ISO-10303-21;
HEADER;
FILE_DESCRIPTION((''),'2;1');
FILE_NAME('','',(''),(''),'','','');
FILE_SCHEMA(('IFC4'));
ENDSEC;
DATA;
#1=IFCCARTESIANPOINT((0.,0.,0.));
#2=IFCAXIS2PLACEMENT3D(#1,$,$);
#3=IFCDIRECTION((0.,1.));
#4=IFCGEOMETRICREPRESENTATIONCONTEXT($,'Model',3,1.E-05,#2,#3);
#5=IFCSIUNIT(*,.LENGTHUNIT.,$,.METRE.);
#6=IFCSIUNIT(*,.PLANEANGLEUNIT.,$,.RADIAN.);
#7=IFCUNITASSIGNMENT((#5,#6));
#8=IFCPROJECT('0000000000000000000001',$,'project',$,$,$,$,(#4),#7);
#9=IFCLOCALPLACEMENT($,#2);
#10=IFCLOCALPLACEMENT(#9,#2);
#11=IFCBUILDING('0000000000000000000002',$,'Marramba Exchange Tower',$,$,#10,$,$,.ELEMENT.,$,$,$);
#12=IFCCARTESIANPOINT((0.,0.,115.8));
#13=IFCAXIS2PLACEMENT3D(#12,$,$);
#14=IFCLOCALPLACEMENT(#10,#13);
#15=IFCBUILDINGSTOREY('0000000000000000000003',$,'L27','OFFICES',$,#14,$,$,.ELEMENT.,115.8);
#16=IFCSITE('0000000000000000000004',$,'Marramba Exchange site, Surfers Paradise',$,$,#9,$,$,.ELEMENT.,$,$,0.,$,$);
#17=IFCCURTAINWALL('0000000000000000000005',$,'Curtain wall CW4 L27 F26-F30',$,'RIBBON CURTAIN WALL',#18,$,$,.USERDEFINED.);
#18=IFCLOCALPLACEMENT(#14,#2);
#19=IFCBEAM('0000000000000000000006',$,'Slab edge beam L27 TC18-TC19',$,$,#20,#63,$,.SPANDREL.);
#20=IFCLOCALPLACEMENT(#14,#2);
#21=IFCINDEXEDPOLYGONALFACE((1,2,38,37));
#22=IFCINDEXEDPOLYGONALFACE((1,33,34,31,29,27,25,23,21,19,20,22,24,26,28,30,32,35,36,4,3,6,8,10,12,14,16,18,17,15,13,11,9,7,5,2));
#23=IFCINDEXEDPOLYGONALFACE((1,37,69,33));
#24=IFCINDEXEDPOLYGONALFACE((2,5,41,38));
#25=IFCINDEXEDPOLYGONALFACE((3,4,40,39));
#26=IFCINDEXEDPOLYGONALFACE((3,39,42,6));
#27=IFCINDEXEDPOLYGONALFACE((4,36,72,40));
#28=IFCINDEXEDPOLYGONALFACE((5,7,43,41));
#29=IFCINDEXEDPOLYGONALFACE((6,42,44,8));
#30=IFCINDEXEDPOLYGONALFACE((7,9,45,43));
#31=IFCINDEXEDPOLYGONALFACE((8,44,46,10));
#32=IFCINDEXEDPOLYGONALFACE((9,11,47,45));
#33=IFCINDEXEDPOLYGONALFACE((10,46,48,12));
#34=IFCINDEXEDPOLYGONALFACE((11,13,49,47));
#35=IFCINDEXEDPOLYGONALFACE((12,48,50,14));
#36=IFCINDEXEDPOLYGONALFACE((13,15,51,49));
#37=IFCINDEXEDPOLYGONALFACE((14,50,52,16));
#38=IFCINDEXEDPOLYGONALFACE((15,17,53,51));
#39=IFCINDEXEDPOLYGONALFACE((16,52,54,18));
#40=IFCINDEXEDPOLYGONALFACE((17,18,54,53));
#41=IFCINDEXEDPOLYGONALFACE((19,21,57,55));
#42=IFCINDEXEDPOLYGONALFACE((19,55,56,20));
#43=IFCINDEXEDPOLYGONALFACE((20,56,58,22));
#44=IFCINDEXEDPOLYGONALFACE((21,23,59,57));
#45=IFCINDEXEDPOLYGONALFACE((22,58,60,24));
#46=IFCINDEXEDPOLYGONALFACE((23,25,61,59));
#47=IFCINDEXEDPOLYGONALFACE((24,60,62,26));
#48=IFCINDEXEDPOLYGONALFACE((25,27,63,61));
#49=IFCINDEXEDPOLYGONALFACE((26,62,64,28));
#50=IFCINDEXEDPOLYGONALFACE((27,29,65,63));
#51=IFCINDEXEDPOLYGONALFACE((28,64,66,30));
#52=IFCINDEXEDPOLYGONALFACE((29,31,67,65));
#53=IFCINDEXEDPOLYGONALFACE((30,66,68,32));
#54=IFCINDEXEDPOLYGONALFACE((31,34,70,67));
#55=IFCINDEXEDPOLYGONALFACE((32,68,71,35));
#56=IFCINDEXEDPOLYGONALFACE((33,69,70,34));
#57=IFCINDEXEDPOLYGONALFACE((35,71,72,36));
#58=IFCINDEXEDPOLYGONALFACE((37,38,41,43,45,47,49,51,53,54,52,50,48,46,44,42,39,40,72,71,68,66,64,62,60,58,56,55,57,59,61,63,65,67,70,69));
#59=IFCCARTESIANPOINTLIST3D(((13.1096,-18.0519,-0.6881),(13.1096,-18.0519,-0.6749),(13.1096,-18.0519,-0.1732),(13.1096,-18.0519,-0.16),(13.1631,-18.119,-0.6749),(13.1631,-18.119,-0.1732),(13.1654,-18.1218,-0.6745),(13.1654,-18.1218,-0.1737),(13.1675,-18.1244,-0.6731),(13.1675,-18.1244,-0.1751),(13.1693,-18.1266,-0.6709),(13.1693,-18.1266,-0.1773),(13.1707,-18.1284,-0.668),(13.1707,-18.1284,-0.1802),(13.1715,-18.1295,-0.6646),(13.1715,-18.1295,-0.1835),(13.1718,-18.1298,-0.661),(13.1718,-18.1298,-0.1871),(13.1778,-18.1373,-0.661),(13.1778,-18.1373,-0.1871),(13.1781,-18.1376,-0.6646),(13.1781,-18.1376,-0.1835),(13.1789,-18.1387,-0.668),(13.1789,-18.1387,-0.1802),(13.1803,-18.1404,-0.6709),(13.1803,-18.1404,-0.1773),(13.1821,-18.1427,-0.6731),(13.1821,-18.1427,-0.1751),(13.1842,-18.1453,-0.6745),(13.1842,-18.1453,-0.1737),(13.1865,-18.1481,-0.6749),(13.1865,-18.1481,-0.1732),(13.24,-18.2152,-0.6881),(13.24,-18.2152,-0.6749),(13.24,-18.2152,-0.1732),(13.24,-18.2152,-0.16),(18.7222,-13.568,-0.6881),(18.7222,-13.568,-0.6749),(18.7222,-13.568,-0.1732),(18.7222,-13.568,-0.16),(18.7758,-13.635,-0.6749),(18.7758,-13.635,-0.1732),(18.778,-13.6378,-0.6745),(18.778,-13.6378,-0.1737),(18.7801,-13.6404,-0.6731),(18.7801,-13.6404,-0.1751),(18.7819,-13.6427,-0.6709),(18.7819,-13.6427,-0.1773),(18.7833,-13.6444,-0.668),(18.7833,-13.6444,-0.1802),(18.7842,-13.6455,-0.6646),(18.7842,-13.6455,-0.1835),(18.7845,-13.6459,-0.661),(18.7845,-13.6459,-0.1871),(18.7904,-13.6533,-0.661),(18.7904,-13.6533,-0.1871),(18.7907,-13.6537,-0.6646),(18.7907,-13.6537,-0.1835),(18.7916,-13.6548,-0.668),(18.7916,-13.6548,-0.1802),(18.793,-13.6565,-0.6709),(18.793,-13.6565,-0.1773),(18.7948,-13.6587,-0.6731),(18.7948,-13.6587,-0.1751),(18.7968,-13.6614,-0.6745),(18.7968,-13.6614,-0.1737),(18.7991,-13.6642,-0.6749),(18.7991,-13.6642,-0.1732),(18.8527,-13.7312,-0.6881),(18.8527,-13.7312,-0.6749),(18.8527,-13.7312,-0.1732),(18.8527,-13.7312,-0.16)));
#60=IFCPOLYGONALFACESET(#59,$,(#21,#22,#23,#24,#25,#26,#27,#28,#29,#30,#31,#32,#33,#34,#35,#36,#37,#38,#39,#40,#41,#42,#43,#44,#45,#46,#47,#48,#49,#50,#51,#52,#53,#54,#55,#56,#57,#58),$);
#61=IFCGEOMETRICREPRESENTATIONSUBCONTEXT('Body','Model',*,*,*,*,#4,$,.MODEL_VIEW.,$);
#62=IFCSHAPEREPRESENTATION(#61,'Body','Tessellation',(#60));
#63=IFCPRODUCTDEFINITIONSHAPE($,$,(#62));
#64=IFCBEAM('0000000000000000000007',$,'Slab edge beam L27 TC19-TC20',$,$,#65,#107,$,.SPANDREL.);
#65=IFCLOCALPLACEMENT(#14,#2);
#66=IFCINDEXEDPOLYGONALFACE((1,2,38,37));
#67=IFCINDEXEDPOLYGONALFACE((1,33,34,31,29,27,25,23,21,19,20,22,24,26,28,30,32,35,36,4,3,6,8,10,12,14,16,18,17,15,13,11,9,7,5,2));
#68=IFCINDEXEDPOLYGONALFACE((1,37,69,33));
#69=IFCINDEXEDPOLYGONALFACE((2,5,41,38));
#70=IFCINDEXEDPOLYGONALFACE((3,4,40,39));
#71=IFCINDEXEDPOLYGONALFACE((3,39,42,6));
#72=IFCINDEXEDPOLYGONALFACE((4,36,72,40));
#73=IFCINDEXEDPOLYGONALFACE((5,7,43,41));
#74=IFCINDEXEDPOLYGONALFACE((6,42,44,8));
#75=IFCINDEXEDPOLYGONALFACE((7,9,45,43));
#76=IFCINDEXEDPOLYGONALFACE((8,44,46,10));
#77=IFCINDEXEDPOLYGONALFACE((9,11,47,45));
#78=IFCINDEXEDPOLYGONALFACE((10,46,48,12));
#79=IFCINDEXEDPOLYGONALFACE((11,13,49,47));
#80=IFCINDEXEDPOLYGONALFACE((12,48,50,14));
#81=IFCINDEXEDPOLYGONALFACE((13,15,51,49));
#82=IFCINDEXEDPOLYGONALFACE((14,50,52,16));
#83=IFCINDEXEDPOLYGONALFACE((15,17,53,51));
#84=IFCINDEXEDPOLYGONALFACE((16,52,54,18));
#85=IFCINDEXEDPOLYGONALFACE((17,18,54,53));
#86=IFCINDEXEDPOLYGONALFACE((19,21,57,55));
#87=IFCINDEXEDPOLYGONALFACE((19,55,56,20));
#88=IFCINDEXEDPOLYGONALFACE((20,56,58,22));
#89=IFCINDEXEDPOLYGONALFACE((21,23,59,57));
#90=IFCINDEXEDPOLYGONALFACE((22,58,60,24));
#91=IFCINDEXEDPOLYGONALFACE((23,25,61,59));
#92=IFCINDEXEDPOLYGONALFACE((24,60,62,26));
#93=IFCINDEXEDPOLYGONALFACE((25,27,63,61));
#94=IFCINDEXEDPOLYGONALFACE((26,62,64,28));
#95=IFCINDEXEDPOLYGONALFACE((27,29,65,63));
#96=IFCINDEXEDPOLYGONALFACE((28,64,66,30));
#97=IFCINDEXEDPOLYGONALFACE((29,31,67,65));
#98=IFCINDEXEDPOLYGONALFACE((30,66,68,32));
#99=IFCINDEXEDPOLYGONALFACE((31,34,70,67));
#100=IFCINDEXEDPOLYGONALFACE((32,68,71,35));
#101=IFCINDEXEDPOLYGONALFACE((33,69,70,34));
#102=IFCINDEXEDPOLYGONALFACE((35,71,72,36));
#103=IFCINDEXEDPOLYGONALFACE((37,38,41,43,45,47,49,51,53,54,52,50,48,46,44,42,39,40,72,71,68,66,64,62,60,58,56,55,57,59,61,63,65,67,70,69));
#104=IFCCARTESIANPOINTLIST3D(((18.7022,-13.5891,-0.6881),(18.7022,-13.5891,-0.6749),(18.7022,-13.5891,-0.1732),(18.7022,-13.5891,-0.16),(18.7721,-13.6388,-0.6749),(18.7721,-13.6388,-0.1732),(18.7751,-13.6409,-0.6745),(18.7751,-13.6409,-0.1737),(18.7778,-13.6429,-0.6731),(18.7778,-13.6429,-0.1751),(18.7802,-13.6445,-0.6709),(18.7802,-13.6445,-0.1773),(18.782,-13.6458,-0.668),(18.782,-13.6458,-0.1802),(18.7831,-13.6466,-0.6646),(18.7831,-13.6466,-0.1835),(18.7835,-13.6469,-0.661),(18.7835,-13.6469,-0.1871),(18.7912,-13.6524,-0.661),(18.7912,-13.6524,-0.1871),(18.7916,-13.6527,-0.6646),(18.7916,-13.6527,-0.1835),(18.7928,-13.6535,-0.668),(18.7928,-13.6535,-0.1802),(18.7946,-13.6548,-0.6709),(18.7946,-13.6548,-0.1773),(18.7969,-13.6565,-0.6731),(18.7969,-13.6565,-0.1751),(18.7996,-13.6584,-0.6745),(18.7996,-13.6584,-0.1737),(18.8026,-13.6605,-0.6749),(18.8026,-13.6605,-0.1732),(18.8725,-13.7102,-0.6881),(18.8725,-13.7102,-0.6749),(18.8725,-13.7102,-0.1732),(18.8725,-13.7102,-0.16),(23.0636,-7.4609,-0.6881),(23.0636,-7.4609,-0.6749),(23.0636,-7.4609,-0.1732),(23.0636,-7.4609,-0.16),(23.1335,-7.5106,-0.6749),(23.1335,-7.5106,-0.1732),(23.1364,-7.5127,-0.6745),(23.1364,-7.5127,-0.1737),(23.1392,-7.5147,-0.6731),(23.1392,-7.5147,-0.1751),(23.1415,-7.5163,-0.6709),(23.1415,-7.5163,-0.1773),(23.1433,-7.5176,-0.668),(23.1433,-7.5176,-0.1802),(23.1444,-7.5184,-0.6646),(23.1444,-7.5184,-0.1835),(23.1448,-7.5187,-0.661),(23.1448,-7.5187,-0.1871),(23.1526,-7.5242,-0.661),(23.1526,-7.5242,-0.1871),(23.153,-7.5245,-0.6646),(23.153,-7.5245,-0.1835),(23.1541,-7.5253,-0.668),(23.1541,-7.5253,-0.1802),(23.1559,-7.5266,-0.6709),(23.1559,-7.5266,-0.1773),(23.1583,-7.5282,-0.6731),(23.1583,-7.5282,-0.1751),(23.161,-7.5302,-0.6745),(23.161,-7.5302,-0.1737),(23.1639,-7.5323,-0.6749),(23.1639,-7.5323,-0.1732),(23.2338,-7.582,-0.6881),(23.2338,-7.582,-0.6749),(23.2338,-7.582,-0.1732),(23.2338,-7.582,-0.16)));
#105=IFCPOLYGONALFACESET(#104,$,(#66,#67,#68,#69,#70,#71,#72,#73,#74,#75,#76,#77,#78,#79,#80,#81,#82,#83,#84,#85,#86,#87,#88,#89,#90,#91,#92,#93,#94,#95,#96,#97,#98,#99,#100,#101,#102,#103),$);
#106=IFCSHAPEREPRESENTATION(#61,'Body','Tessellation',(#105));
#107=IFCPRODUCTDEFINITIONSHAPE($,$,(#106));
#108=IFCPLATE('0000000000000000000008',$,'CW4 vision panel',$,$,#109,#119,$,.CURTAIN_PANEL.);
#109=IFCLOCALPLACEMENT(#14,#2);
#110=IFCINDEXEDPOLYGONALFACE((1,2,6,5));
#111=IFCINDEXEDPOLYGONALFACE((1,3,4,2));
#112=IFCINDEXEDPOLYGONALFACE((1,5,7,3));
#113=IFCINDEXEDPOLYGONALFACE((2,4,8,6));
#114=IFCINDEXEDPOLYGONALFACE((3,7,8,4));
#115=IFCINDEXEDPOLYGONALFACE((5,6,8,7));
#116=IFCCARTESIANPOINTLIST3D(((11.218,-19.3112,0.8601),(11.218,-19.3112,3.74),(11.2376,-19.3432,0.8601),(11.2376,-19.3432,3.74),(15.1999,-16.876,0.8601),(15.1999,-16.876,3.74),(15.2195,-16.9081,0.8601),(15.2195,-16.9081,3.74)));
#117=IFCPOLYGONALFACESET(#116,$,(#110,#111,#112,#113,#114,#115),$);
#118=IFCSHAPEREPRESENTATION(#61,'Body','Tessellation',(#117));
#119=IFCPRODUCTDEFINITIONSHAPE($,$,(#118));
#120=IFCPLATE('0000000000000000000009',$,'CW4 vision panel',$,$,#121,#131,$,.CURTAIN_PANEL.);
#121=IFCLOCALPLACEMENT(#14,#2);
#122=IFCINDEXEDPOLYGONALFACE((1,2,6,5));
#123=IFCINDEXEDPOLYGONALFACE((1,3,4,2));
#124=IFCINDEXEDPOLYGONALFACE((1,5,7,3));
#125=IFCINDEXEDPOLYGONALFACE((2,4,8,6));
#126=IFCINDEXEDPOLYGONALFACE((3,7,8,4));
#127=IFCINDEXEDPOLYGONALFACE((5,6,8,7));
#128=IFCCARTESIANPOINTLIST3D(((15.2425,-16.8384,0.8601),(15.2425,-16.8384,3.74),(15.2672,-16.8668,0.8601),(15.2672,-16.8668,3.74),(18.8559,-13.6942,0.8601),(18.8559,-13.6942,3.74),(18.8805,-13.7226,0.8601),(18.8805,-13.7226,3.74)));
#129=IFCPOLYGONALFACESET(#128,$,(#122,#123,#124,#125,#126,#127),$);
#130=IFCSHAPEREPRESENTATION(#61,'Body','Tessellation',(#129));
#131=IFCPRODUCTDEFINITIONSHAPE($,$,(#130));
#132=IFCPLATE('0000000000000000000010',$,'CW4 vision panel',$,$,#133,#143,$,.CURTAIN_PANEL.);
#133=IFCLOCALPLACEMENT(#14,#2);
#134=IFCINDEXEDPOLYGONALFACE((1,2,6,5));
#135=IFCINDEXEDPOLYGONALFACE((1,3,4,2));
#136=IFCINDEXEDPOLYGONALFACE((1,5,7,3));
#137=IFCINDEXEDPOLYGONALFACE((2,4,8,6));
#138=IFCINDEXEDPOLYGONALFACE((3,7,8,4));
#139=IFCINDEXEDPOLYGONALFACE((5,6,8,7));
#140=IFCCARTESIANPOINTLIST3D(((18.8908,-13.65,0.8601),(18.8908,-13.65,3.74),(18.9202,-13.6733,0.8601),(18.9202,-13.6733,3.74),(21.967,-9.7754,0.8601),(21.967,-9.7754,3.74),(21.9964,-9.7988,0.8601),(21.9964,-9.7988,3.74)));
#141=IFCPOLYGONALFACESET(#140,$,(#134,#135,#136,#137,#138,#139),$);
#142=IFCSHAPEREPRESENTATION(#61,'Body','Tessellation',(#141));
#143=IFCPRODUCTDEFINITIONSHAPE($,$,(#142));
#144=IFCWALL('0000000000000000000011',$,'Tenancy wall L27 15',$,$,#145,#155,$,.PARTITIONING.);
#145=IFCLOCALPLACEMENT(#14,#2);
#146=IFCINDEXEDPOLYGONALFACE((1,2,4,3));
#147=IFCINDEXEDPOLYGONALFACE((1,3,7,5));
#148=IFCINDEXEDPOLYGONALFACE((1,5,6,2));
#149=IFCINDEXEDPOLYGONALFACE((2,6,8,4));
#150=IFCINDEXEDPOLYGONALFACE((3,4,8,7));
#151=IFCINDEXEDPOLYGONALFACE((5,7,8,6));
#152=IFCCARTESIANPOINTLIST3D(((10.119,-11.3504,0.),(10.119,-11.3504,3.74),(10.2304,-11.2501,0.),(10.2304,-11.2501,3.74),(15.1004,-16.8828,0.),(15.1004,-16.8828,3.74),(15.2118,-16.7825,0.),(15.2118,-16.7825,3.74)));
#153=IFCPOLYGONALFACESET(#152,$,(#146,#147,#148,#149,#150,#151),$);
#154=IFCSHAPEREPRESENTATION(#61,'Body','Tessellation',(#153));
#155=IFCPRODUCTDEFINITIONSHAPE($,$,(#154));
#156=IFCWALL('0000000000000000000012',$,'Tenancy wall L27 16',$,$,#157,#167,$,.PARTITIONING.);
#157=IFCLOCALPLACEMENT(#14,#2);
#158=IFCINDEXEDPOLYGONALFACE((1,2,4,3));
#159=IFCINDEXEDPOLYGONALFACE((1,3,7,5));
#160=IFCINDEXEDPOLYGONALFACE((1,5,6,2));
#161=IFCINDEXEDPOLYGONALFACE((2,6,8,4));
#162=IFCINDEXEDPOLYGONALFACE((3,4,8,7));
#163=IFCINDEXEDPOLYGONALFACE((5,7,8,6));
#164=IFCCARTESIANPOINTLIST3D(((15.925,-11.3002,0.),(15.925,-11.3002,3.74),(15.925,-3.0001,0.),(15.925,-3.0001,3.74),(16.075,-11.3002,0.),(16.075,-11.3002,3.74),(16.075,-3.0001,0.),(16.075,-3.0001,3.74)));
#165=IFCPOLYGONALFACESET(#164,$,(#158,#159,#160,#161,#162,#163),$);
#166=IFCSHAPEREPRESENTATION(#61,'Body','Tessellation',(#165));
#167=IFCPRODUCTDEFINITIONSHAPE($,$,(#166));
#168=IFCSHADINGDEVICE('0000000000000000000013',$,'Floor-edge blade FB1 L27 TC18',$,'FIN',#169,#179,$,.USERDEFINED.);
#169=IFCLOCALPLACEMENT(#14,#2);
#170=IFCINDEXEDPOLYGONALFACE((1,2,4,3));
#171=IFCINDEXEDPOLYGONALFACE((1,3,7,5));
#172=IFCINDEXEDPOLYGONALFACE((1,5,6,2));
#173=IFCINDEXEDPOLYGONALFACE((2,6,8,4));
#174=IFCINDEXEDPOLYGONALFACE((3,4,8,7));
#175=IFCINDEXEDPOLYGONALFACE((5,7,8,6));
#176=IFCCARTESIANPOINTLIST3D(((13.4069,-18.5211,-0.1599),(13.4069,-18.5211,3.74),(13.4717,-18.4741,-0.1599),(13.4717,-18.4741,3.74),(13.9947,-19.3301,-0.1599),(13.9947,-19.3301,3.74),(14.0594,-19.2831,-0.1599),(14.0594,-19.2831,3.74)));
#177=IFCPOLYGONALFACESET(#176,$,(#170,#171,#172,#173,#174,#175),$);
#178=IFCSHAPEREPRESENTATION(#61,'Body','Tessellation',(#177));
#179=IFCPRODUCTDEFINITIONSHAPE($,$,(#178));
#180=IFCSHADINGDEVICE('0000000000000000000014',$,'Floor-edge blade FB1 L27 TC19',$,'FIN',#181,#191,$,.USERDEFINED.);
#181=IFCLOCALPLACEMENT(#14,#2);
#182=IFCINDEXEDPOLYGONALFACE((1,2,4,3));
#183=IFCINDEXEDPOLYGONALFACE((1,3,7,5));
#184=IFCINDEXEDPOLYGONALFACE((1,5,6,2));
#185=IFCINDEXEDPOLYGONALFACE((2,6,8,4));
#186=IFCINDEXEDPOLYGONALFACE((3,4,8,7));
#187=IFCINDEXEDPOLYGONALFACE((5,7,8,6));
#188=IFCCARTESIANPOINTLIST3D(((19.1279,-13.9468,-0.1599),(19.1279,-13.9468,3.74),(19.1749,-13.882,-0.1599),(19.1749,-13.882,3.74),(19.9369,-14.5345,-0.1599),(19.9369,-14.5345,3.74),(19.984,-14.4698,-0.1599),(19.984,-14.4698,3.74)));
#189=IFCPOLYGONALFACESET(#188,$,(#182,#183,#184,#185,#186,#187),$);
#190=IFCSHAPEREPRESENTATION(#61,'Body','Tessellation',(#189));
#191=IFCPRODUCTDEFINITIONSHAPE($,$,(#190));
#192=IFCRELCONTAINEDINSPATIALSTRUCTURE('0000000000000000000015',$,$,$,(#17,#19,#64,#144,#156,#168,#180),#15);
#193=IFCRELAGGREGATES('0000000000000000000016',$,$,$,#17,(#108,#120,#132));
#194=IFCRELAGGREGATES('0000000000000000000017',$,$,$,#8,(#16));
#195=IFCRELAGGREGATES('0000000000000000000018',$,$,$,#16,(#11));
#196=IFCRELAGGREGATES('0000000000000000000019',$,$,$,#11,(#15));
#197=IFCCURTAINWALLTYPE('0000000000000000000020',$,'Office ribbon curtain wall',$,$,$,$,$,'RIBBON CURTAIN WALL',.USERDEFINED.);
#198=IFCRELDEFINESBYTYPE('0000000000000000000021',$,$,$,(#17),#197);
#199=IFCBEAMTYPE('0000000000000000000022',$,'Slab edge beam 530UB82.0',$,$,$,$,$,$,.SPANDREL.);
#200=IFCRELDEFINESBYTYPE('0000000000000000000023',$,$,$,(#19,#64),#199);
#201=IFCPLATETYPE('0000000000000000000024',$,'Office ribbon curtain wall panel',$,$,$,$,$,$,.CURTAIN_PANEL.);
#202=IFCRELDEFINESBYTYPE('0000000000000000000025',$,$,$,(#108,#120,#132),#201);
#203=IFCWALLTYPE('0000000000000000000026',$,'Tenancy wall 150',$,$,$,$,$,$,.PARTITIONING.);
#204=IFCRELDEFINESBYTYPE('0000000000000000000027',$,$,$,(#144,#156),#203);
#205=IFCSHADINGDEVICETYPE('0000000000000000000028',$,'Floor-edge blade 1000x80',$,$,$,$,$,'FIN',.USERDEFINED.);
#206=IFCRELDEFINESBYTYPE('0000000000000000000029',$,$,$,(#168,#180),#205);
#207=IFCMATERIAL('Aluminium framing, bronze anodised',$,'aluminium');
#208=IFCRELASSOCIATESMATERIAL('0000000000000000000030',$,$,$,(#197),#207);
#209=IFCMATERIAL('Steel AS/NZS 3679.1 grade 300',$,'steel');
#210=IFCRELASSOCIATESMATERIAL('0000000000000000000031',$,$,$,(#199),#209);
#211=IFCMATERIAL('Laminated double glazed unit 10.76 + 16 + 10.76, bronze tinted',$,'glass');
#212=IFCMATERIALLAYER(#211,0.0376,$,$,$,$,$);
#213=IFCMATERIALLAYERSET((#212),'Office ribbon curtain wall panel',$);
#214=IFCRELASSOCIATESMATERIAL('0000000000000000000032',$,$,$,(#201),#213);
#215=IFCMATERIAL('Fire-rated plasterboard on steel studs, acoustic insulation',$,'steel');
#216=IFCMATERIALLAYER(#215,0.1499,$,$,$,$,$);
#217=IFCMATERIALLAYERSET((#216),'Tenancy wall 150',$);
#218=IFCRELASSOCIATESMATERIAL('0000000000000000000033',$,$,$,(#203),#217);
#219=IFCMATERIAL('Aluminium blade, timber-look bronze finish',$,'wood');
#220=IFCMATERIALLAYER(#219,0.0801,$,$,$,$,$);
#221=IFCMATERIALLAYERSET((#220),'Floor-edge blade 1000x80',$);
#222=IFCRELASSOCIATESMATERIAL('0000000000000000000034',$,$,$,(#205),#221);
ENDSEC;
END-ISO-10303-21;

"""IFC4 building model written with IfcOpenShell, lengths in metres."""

from ifc_helpers import new_model, si_unit, direction, frame, frame_2d, origin, origin_2d, place, context, subcontext, project, spatial, rectangle, i_section, extrude, material, layer, layer_set, material_profile, profile_set, type_object, element, aggregate, save


model = new_model("IFC4")

# Units and contexts
model_context = context("Model", 3, precision=1e-05, world=origin(), true_north=direction((0.0, 1.0)))
body_context = subcontext(model_context, "Body", "Model", "MODEL_VIEW")
ifc_project = project(units=[si_unit("LENGTHUNIT", "METRE"), si_unit("PLANEANGLEUNIT", "RADIAN")], contexts=[model_context])

# Site, building, storey
site_placement = place(None, origin())
site = spatial("IfcSite", under=ifc_project, at=site_placement, Name="Marramba Exchange site, Surfers Paradise", CompositionType="ELEMENT", RefElevation=0.0)
building_placement = place(site_placement, origin())
building = spatial("IfcBuilding", under=site, at=building_placement, Name="Marramba Exchange Tower", CompositionType="ELEMENT")
storey_placement = place(building_placement, frame((0.0, 0.0, 115.8)))
storey = spatial("IfcBuildingStorey", under=building, at=storey_placement, Name="L27", Description="OFFICES", CompositionType="ELEMENT", Elevation=115.8)

# Curtain wall
ifc_material_1 = material(Name="Aluminium framing, bronze anodised", Category="aluminium")
curtain_wall_type = type_object("IfcCurtainWallType", Name="Office ribbon curtain wall", ElementType="RIBBON CURTAIN WALL", PredefinedType="USERDEFINED", material=ifc_material_1)
curtain_wall_placement = place(storey_placement, origin())
curtain_wall = element("IfcCurtainWall", 1, at=curtain_wall_placement, inside=storey, type_object=curtain_wall_type, Name="Curtain wall CW4 L27 F26-F30", ObjectType="RIBBON CURTAIN WALL", PredefinedType="USERDEFINED")

# Beams
ifc_material_2 = material(Name="Steel AS/NZS 3679.1 grade 300", Category="steel")
ifc_material_profile_1 = material_profile(ifc_material_2, i_section(OverallWidth=0.209, OverallDepth=0.5281, WebThickness=0.0095, FlangeThickness=0.0132, FilletRadius=0.0139, at=origin_2d()), Name="530UB82.0")
ifc_profile_set_1 = profile_set([ifc_material_profile_1], Name="Steel AS/NZS 3679.1 grade 300")
beam_type_1 = type_object("IfcBeamType", Name="Slab edge beam 530UB82.0", PredefinedType="SPANDREL", material=ifc_profile_set_1)
beam_1_placement = place(storey_placement, frame((13.1748, -18.1335, -0.4241), z_axis=(0.781286, 0.624173, 0.0), x_axis=(-0.624173, 0.781286, 0.0)))
element("IfcBeam", 2, at=beam_1_placement, inside=storey, type_object=beam_type_1, Name="Slab edge beam L27 TC18-TC19", PredefinedType="SPANDREL", context=body_context, shape_type="SweptSolid", body=[
    extrude(i_section(OverallWidth=0.209, OverallDepth=0.5281, WebThickness=0.0095, FlangeThickness=0.0132, FilletRadius=0.0139, at=origin_2d()), origin(), (0.0, 0.0, 1.0), 7.1838),
])
beam_2_placement = place(storey_placement, frame((18.7874, -13.6497, -0.4241), z_axis=(0.579834, 0.814735, 0.0), x_axis=(-0.814735, 0.579834, 0.0)))
element("IfcBeam", 3, at=beam_2_placement, inside=storey, type_object=beam_type_1, Name="Slab edge beam L27 TC19-TC20", PredefinedType="SPANDREL", context=body_context, shape_type="SweptSolid", body=[
    extrude(i_section(OverallWidth=0.209, OverallDepth=0.5281, WebThickness=0.0095, FlangeThickness=0.0132, FilletRadius=0.0139, at=origin_2d()), origin(), (0.0, 0.0, 1.0), 7.5217),
])

# Plates
ifc_material_3 = material(Name="Laminated double glazed unit 10.76 + 16 + 10.76, bronze tinted", Category="glass")
ifc_layer_1 = layer(ifc_material_3, 0.0376)
ifc_layer_set_1 = layer_set([ifc_layer_1], Name="Office ribbon curtain wall panel")
plate_type = type_object("IfcPlateType", Name="Office ribbon curtain wall panel", PredefinedType="CURTAIN_PANEL", material=ifc_layer_set_1)
plate_1_placement = place(storey_placement, frame((13.2188, -18.1096, 0.8601), z_axis=(0.0, 0.0, 1.0), x_axis=(0.853109, 0.521733, 0.0)))
plate_1 = element("IfcPlate", 4, at=plate_1_placement, type_object=plate_type, Name="CW4 vision panel", PredefinedType="CURTAIN_PANEL", context=body_context, shape_type="SweptSolid", body=[
    extrude(rectangle(XDim=4.6675, YDim=0.0376, at=origin_2d()), origin(), (0.0, 0.0, 1.0), 2.8799),
])
plate_2_placement = place(storey_placement, frame((17.0615, -15.2805, 0.8601), z_axis=(0.0, 0.0, 1.0), x_axis=(0.754386, 0.656432, 0.0)))
plate_2 = element("IfcPlate", 5, at=plate_2_placement, type_object=plate_type, Name="CW4 vision panel", PredefinedType="CURTAIN_PANEL", context=body_context, shape_type="SweptSolid", body=[
    extrude(rectangle(XDim=4.7898, YDim=0.0376, at=origin_2d()), origin(), (0.0, 0.0, 1.0), 2.8799),
])
plate_3_placement = place(storey_placement, frame((20.4436, -11.7244, 0.8601), z_axis=(0.0, 0.0, 1.0), x_axis=(0.621807, 0.78317, 0.0)))
plate_3 = element("IfcPlate", 6, at=plate_3_placement, type_object=plate_type, Name="CW4 vision panel", PredefinedType="CURTAIN_PANEL", context=body_context, shape_type="SweptSolid", body=[
    extrude(rectangle(XDim=4.9473, YDim=0.0376, at=origin_2d()), origin(), (0.0, 0.0, 1.0), 2.8799),
])
aggregate(curtain_wall, [plate_1, plate_2, plate_3])

# Walls
ifc_material_4 = material(Name="Fire-rated plasterboard on steel studs, acoustic insulation", Category="steel")
ifc_layer_2 = layer(ifc_material_4, 0.1499)
ifc_layer_set_2 = layer_set([ifc_layer_2], Name="Tenancy wall 150")
wall_type = type_object("IfcWallType", Name="Tenancy wall 150", PredefinedType="PARTITIONING", material=ifc_layer_set_2)
wall_1_placement = place(storey_placement, frame((15.156, -16.8325, 0.0), z_axis=(0.0, 0.0, 1.0), x_axis=(-0.66913, 0.743146, 0.0)))
element("IfcWall", 7, at=wall_1_placement, inside=storey, type_object=wall_type, Name="Tenancy wall L27 15", PredefinedType="PARTITIONING", context=body_context, shape_type="SweptSolid", body=[
    extrude(rectangle(XDim=7.4446, YDim=0.1499, at=frame_2d((3.7222, 0.0))), origin(), (0.0, 0.0, 1.0), 3.74),
])
wall_2_placement = place(storey_placement, frame((16.0, -11.3, 0.0), z_axis=(0.0, 0.0, 1.0), x_axis=(0.0, 1.0, 0.0)))
element("IfcWall", 8, at=wall_2_placement, inside=storey, type_object=wall_type, Name="Tenancy wall L27 16", PredefinedType="PARTITIONING", context=body_context, shape_type="SweptSolid", body=[
    extrude(rectangle(XDim=8.3, YDim=0.1499, at=frame_2d((4.1499, 0.0))), origin(), (0.0, 0.0, 1.0), 3.74),
])

# Shading devices
ifc_material_5 = material(Name="Aluminium blade, timber-look bronze finish", Category="wood")
ifc_layer_3 = layer(ifc_material_5, 0.0801)
ifc_layer_set_3 = layer_set([ifc_layer_3], Name="Floor-edge blade 1000x80")
shading_device_type_1 = type_object("IfcShadingDeviceType", Name="Floor-edge blade 1000x80", ElementType="FIN", PredefinedType="USERDEFINED", material=ifc_layer_set_3)
for number, where, z_axis, x_axis, name in (
    (9, (13.7332, -18.9021, -0.1599), (0.0, 0.0, 1.0), (0.587785, -0.809017, 0.0), "Floor-edge blade FB1 L27 TC18"),
    (10, (19.5559, -14.2083, -0.1599), (0.0, 0.0, 1.0), (0.809017, -0.587785, 0.0), "Floor-edge blade FB1 L27 TC19"),
):
    element("IfcShadingDevice", number, at=place(storey_placement, frame(where, z_axis=z_axis, x_axis=x_axis)), inside=storey, type_object=shading_device_type_1, Name=name, ObjectType="FIN", PredefinedType="USERDEFINED", context=body_context, shape_type="SweptSolid", body=[
        extrude(rectangle(XDim=1.0, YDim=0.0801, at=origin_2d()), origin(), (0.0, 0.0, 1.0), 3.8999),
    ])

save(model, "model.ifc")
